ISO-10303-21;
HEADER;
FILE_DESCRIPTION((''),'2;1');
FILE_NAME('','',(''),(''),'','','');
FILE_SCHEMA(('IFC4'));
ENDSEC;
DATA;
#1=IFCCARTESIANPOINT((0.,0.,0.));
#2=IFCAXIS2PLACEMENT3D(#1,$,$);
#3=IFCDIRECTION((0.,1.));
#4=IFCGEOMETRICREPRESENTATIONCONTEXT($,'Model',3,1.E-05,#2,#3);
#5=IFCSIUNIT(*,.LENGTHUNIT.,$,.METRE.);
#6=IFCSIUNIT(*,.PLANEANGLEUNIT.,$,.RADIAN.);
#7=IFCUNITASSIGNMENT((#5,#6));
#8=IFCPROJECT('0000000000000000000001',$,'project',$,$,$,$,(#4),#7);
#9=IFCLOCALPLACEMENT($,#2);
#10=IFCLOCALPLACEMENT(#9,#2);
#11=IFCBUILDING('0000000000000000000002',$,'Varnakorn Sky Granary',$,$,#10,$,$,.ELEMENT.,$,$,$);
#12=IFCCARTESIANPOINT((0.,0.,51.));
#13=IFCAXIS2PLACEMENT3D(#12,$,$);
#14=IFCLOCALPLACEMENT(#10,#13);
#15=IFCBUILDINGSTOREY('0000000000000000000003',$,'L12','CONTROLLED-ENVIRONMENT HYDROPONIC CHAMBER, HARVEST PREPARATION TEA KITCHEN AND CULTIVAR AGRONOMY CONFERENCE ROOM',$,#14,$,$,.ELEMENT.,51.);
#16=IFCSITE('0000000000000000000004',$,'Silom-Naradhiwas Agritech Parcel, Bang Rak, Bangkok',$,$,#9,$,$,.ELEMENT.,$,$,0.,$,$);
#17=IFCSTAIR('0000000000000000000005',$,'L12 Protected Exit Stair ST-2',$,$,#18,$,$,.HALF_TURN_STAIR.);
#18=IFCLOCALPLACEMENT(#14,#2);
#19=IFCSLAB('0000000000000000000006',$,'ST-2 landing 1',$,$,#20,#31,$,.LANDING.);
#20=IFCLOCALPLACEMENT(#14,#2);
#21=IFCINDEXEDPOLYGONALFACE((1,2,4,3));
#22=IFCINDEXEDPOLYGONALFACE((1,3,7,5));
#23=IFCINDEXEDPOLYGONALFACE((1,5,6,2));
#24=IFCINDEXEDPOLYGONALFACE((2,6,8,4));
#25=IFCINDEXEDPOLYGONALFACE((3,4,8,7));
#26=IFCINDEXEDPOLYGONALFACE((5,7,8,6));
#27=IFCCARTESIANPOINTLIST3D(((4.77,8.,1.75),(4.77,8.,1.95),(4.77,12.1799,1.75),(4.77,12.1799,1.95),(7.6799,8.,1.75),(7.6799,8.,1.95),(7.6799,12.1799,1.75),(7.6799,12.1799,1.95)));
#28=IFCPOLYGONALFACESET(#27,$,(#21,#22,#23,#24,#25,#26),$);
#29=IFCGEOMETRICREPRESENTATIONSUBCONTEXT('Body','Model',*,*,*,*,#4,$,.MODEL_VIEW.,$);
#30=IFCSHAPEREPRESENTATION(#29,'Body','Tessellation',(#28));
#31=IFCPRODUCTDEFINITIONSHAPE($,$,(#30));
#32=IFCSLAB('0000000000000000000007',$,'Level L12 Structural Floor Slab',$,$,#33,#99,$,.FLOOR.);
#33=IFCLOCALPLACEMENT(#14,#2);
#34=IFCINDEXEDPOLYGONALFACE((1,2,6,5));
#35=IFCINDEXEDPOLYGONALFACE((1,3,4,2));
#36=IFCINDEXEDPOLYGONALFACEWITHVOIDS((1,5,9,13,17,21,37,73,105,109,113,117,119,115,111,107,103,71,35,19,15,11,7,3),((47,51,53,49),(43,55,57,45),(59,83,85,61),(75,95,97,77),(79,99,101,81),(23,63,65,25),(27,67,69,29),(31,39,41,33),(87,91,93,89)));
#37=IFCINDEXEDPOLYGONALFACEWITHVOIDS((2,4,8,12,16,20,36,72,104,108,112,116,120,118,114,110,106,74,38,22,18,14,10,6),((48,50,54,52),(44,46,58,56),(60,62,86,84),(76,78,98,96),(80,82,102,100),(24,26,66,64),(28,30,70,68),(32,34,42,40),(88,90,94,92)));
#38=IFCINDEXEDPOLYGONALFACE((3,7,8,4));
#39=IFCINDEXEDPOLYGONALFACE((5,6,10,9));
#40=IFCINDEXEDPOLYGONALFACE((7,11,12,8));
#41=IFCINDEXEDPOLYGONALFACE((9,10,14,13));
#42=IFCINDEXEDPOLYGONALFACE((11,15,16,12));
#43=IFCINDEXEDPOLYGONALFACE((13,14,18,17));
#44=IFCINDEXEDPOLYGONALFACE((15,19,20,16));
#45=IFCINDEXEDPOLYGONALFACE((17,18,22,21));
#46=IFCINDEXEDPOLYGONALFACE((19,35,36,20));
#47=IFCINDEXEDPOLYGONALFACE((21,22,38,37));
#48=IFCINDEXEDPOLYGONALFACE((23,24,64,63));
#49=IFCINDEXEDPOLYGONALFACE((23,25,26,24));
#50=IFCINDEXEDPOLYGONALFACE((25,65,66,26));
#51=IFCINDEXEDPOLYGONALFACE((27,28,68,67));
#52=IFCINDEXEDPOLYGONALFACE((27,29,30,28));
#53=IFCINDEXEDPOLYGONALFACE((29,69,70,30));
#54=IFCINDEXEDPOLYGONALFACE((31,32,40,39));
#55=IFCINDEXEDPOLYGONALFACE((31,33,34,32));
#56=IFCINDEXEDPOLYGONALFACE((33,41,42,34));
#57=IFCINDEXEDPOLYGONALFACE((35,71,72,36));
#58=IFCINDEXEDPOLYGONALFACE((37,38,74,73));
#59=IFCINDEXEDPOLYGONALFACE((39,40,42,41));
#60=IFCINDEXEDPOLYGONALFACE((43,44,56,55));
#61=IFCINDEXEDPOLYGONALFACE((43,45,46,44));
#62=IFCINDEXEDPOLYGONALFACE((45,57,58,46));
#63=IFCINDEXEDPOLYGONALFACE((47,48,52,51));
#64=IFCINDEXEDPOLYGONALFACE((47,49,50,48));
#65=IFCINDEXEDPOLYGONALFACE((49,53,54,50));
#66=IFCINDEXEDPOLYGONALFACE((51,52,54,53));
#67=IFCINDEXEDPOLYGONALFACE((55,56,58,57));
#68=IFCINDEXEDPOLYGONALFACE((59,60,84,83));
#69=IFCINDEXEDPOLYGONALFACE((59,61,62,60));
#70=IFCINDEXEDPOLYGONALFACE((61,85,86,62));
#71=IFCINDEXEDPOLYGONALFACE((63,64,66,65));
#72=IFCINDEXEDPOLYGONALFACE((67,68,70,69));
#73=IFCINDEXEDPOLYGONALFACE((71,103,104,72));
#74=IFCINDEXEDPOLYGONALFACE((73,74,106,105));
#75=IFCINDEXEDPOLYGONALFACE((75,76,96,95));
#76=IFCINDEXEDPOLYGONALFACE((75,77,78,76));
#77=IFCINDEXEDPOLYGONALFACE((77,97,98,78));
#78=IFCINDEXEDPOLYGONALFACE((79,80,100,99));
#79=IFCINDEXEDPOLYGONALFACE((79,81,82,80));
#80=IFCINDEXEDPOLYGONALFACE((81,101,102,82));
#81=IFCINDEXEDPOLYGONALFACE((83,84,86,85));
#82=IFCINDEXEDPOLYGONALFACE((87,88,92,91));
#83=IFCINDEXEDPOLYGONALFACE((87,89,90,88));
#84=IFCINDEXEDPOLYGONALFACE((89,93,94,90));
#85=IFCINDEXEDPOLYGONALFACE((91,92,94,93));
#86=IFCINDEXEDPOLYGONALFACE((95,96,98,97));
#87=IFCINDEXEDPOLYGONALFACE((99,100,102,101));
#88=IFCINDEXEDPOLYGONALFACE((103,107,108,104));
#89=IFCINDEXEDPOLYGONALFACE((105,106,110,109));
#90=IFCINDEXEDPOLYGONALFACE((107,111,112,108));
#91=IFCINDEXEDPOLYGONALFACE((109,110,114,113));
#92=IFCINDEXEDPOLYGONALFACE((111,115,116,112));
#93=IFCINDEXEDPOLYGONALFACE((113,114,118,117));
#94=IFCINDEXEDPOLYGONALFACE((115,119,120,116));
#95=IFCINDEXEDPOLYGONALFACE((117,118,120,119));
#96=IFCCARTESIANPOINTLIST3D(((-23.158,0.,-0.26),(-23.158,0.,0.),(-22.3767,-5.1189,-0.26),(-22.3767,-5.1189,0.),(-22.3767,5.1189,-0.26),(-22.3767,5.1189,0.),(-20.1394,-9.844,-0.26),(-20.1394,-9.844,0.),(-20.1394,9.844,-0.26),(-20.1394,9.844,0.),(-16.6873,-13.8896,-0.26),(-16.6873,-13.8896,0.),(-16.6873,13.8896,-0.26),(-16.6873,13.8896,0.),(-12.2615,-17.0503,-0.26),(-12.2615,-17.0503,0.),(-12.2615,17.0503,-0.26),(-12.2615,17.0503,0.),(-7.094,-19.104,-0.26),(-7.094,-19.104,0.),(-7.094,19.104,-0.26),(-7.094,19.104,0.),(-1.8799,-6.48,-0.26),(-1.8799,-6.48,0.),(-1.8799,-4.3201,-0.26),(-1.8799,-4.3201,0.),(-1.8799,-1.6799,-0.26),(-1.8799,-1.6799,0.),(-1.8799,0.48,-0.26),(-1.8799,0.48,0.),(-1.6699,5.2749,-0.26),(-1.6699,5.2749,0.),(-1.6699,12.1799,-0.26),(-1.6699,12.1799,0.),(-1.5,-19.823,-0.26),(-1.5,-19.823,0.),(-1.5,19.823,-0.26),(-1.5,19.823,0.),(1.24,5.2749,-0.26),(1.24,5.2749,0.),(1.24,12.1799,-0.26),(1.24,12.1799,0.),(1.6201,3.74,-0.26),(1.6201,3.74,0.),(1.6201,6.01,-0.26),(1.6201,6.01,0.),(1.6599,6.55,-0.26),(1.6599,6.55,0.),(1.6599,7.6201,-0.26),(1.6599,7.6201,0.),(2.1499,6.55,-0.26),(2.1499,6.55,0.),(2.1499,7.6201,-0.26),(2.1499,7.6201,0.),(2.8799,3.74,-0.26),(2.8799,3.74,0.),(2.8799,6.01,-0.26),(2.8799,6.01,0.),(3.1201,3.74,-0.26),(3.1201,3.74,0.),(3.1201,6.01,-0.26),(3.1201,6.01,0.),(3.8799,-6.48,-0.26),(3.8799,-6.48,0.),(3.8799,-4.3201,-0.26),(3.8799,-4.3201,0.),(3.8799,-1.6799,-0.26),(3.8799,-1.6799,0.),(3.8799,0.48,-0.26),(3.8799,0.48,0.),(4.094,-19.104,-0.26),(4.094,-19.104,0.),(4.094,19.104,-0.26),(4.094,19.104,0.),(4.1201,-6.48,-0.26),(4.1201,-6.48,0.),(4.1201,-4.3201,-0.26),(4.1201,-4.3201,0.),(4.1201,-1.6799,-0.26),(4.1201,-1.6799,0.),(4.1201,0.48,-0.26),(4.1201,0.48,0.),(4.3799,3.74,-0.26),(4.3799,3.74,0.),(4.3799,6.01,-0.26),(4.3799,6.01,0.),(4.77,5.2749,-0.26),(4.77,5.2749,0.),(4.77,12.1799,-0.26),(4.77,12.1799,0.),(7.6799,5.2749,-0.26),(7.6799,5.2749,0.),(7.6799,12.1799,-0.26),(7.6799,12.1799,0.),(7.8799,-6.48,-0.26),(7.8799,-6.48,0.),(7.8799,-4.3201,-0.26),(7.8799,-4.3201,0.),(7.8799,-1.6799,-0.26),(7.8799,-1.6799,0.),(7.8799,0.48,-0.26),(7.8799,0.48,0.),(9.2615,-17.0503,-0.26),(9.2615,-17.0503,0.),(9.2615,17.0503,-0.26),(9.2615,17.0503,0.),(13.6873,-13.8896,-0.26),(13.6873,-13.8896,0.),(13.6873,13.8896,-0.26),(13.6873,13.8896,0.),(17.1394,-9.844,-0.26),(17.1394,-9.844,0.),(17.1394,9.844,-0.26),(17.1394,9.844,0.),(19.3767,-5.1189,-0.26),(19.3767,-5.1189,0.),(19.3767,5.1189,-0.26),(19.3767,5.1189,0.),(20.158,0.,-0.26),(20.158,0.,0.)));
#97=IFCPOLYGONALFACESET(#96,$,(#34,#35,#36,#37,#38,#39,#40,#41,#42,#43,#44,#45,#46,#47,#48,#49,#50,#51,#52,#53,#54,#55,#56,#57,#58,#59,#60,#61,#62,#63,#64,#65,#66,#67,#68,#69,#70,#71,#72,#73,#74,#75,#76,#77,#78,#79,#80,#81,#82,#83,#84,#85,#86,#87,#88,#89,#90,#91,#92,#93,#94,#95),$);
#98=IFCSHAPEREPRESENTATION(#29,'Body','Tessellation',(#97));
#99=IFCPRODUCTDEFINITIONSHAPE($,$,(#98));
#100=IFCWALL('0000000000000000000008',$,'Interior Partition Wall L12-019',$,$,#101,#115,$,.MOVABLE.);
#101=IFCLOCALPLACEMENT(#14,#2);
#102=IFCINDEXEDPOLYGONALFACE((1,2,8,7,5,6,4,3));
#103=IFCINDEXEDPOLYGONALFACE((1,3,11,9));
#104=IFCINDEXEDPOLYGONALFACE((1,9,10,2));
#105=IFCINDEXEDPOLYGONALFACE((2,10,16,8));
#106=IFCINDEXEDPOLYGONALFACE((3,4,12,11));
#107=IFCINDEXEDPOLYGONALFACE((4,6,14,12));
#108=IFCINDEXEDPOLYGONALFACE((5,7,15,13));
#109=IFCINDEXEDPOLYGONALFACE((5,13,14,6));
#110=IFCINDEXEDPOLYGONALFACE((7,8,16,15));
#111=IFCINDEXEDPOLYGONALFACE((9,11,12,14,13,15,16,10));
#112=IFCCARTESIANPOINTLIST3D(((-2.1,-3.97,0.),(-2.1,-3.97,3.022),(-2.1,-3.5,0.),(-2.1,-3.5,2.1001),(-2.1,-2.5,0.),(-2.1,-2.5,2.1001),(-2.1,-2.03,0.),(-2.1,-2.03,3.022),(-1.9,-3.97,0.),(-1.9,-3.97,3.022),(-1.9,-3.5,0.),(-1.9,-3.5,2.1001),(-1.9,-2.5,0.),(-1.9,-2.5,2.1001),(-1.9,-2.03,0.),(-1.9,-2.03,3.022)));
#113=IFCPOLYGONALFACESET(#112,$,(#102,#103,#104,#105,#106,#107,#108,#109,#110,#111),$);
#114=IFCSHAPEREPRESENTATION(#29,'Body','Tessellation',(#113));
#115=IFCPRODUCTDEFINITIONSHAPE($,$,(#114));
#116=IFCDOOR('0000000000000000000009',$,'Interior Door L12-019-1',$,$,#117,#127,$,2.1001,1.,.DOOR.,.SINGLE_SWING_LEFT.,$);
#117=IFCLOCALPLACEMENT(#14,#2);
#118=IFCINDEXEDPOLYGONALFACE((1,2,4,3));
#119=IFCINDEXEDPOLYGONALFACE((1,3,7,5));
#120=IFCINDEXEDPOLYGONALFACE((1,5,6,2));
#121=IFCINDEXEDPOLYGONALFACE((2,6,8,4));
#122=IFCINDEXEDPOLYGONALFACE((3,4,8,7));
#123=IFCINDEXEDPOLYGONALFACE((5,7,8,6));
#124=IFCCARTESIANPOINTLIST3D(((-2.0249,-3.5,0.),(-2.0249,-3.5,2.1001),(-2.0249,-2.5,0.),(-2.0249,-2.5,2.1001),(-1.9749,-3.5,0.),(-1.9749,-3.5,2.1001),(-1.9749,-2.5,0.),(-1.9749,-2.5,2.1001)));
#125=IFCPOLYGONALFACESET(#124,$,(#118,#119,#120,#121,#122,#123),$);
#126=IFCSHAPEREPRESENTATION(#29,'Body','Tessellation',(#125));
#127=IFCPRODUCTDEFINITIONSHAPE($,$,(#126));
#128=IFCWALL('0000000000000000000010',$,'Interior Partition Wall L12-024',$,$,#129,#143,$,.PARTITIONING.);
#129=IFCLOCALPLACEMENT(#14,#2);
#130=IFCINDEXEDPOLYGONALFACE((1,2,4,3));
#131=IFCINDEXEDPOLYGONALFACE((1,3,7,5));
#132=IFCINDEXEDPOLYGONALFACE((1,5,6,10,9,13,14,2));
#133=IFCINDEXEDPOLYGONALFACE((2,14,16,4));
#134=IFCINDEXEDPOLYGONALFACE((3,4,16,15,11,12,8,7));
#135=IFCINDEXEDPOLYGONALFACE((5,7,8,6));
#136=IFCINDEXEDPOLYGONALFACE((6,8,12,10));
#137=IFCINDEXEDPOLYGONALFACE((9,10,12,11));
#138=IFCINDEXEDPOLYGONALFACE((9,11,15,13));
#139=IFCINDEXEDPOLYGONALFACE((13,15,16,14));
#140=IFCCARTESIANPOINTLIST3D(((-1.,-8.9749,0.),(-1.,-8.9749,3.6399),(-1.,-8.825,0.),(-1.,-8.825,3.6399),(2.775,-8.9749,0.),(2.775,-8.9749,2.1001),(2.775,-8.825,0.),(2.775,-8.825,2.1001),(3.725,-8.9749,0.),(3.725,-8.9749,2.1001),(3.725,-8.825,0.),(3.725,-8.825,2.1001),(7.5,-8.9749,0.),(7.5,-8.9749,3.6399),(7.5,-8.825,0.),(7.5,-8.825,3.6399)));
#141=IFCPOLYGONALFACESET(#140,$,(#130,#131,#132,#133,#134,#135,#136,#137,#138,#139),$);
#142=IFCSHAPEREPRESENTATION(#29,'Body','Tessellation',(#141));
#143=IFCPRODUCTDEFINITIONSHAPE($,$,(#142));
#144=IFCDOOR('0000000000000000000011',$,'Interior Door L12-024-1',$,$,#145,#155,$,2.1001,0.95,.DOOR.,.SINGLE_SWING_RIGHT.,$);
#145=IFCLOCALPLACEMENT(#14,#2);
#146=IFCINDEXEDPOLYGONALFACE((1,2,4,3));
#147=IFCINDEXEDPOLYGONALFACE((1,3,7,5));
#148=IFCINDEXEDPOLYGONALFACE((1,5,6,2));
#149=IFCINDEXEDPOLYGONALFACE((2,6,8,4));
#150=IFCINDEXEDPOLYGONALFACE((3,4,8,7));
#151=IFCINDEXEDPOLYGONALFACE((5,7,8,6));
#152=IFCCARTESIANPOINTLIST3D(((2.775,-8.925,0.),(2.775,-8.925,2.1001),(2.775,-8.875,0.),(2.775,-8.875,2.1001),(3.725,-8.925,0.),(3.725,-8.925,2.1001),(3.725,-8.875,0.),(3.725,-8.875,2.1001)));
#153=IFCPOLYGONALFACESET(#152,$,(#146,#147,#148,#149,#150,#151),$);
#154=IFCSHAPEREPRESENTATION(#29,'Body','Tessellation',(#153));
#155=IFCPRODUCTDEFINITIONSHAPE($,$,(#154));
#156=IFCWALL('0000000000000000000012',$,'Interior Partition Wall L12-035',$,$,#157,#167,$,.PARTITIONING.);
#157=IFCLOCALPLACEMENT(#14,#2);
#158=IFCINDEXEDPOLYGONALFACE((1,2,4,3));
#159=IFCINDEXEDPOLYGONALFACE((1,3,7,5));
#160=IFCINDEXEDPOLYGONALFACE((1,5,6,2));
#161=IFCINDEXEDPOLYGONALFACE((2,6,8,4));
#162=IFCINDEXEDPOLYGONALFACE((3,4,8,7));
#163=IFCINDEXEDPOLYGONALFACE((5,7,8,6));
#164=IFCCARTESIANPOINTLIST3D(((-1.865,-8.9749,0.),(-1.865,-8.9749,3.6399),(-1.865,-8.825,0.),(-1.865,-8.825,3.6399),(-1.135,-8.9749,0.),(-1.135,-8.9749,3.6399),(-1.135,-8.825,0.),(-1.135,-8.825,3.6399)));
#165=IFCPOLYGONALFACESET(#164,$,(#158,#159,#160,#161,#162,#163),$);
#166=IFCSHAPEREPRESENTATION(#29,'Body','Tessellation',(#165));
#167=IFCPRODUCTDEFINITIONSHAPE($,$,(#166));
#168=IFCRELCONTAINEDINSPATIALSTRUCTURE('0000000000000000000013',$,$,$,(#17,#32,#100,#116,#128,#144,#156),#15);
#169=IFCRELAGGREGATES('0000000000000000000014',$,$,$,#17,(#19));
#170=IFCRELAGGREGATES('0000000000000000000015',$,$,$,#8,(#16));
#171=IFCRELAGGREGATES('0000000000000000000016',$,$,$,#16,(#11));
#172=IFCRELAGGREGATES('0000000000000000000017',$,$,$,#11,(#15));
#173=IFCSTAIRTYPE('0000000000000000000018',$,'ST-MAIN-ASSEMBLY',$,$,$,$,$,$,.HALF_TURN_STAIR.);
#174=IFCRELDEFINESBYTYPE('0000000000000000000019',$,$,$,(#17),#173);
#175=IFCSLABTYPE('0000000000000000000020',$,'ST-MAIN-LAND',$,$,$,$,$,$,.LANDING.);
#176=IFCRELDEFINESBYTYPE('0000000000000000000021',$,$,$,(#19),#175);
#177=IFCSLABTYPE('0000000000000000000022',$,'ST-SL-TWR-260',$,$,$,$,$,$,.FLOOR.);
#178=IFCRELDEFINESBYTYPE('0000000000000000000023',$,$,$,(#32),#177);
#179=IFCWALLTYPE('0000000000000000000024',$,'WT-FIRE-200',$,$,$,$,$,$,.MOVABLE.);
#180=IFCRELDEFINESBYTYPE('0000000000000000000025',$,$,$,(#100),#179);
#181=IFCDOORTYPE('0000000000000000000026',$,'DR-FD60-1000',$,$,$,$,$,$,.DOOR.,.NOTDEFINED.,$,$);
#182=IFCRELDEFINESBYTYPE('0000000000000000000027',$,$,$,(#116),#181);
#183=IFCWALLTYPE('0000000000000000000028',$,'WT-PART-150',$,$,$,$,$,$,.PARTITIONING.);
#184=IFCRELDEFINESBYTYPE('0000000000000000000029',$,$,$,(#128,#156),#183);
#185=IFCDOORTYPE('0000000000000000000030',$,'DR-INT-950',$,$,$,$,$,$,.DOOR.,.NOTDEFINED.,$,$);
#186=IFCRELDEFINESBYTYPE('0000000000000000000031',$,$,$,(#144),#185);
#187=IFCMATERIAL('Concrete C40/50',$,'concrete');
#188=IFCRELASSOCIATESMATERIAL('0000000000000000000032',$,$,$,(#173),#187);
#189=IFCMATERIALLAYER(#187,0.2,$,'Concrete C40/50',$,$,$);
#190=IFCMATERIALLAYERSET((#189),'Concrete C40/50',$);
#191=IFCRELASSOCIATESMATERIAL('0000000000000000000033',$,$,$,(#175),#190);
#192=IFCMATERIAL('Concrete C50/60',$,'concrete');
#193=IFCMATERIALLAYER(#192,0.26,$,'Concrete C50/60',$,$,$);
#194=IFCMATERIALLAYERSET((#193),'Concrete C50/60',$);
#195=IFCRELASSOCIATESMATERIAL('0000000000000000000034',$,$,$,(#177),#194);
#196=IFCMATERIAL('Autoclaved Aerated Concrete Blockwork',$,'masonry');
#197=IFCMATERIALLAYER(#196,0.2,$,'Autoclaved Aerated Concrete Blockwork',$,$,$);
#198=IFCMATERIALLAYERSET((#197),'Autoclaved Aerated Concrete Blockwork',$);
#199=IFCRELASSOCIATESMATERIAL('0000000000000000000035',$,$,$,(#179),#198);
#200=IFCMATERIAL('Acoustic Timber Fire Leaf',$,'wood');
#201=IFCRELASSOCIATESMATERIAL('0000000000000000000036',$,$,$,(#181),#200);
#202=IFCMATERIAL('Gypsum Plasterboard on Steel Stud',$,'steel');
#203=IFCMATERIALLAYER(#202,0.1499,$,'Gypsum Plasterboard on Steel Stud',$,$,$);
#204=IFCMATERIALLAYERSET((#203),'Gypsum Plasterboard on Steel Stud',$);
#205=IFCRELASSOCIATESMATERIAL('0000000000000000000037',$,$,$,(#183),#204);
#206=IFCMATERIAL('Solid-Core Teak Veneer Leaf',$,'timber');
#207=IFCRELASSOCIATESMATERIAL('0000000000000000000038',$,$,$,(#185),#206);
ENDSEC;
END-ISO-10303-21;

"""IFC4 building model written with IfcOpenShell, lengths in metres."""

from ifc_helpers import new_model, si_unit, direction, frame, frame_2d, origin, place, context, subcontext, project, spatial, polyline, rectangle, outline, extrude, material, layer, layer_set, type_object, element, fill, aggregate, save


model = new_model("IFC4")

# Units and contexts
model_context = context("Model", 3, precision=1e-05, world=origin(), true_north=direction((0.0, 1.0)))
body_context = subcontext(model_context, "Body", "Model", "MODEL_VIEW")
ifc_project = project(units=[si_unit("LENGTHUNIT", "METRE"), si_unit("PLANEANGLEUNIT", "RADIAN")], contexts=[model_context])

# Site, building, storey
site_placement = place(None, origin())
site = spatial("IfcSite", under=ifc_project, at=site_placement, Name="Silom-Naradhiwas Agritech Parcel, Bang Rak, Bangkok", CompositionType="ELEMENT", RefElevation=0.0)
building_placement = place(site_placement, origin())
building = spatial("IfcBuilding", under=site, at=building_placement, Name="Varnakorn Sky Granary", CompositionType="ELEMENT")
storey_placement = place(building_placement, frame((0.0, 0.0, 51.0)))
storey = spatial("IfcBuildingStorey", under=building, at=storey_placement, Name="L12", Description="CONTROLLED-ENVIRONMENT HYDROPONIC CHAMBER, HARVEST PREPARATION TEA KITCHEN AND CULTIVAR AGRONOMY CONFERENCE ROOM", CompositionType="ELEMENT", Elevation=51.0)

# Stair, slab
ifc_material_1 = material(Name="Concrete C40/50", Category="concrete")
stair_type = type_object("IfcStairType", Name="ST-MAIN-ASSEMBLY", PredefinedType="HALF_TURN_STAIR", material=ifc_material_1)
ifc_layer_1 = layer(ifc_material_1, 0.2, Name="Concrete C40/50")
ifc_layer_set_1 = layer_set([ifc_layer_1], Name="Concrete C40/50")
slab_type_1 = type_object("IfcSlabType", Name="ST-MAIN-LAND", PredefinedType="LANDING", material=ifc_layer_set_1)
stair_1_placement = place(storey_placement, origin())
stair_1 = element("IfcStair", 1, at=stair_1_placement, inside=storey, type_object=stair_type, Name="L12 Protected Exit Stair ST-2", PredefinedType="HALF_TURN_STAIR")
slab_1_placement = place(storey_placement, frame((0.0, 0.0, 1.75)))
slab_1 = element("IfcSlab", 2, at=slab_1_placement, type_object=slab_type_1, Name="ST-2 landing 1", PredefinedType="LANDING", context=body_context, shape_type="SweptSolid", body=[
    extrude(outline(polyline([(7.6799, 8.0), (7.6799, 12.1799), (4.77, 12.1799), (4.77, 8.0), (7.6799, 8.0)])), origin(), (0.0, 0.0, 1.0), 0.2),
])
aggregate(stair_1, [slab_1])

# Slab
ifc_material_2 = material(Name="Concrete C50/60", Category="concrete")
ifc_layer_2 = layer(ifc_material_2, 0.26, Name="Concrete C50/60")
ifc_layer_set_2 = layer_set([ifc_layer_2], Name="Concrete C50/60")
slab_type_2 = type_object("IfcSlabType", Name="ST-SL-TWR-260", PredefinedType="FLOOR", material=ifc_layer_set_2)
slab_2_placement = place(storey_placement, frame((0.0, 0.0, -0.26)))
element("IfcSlab", 3, at=slab_2_placement, inside=storey, type_object=slab_type_2, Name="Level L12 Structural Floor Slab", PredefinedType="FLOOR", context=body_context, shape_type="SweptSolid", body=[
    extrude(outline(polyline([(20.158, 0.0), (19.3767, 5.1189), (17.1394, 9.844), (13.6873, 13.8896), (9.2615, 17.0503), (4.094, 19.104), (-1.5, 19.823), (-7.094, 19.104), (-12.2615, 17.0503), (-16.6873, 13.8896), (-20.1394, 9.844), (-22.3767, 5.1189), (-23.158, 0.0), (-22.3767, -5.1189), (-20.1394, -9.844), (-16.6873, -13.8896), (-12.2615, -17.0503), (-7.094, -19.104), (-1.5, -19.823), (4.094, -19.104), (9.2615, -17.0503), (13.6873, -13.8896), (17.1394, -9.844), (19.3767, -5.1189), (20.158, 0.0)]), holes=[polyline([(1.24, 5.2749), (1.24, 12.1799), (-1.6699, 12.1799), (-1.6699, 5.2749), (1.24, 5.2749)]), polyline([(7.6799, 5.2749), (7.6799, 12.1799), (4.77, 12.1799), (4.77, 5.2749), (7.6799, 5.2749)]), polyline([(1.6599, 6.55), (2.1499, 6.55), (2.1499, 7.6201), (1.6599, 7.6201), (1.6599, 6.55)]), polyline([(1.6201, 3.74), (2.8799, 3.74), (2.8799, 6.01), (1.6201, 6.01), (1.6201, 3.74)]), polyline([(3.1201, 3.74), (4.3799, 3.74), (4.3799, 6.01), (3.1201, 6.01), (3.1201, 3.74)]), polyline([(-1.8799, -1.6799), (3.8799, -1.6799), (3.8799, 0.48), (-1.8799, 0.48), (-1.8799, -1.6799)]), polyline([(4.1201, -1.6799), (7.8799, -1.6799), (7.8799, 0.48), (4.1201, 0.48), (4.1201, -1.6799)]), polyline([(-1.8799, -6.48), (3.8799, -6.48), (3.8799, -4.3201), (-1.8799, -4.3201), (-1.8799, -6.48)]), polyline([(4.1201, -6.48), (7.8799, -6.48), (7.8799, -4.3201), (4.1201, -4.3201), (4.1201, -6.48)])]), origin(), (0.0, 0.0, 1.0), 0.26),
])

# Walls, openings, doors
ifc_material_3 = material(Name="Autoclaved Aerated Concrete Blockwork", Category="masonry")
ifc_layer_3 = layer(ifc_material_3, 0.2, Name="Autoclaved Aerated Concrete Blockwork")
ifc_layer_set_3 = layer_set([ifc_layer_3], Name="Autoclaved Aerated Concrete Blockwork")
wall_type_1 = type_object("IfcWallType", Name="WT-FIRE-200", PredefinedType="MOVABLE", material=ifc_layer_set_3)
wall_1_placement = place(storey_placement, frame((-2.0, -3.97, 0.0), z_axis=(0.0, 0.0, 1.0), x_axis=(0.0, 1.0, 0.0)))
wall_1 = element("IfcWall", 4, at=wall_1_placement, inside=storey, type_object=wall_type_1, Name="Interior Partition Wall L12-019", PredefinedType="MOVABLE", context=body_context, shape_type="SweptSolid", body=[
    extrude(rectangle(XDim=1.9399, YDim=0.2, at=frame_2d((0.97, 0.0))), origin(), (0.0, 0.0, 1.0), 3.022),
])
opening_1_placement = place(wall_1_placement, frame((0.47, 0.0, 0.0)))
opening_1 = element("IfcOpeningElement", 5, at=opening_1_placement, cuts=wall_1, PredefinedType="OPENING", context=body_context, shape_type="SweptSolid", body=[
    extrude(rectangle(XDim=1.0, YDim=2.1001, at=frame_2d((0.5, 1.05))), frame((0.0, 0.1099, 0.0), z_axis=(0.0, -1.0, 0.0), x_axis=(1.0, 0.0, 0.0)), (0.0, 0.0, 1.0), 0.22),
])
ifc_material_4 = material(Name="Acoustic Timber Fire Leaf", Category="wood")
door_type_1 = type_object("IfcDoorType", Name="DR-FD60-1000", OperationType="NOTDEFINED", PredefinedType="DOOR", material=ifc_material_4)
door_1_placement = place(opening_1_placement, origin())
door_1 = element("IfcDoor", 6, at=door_1_placement, inside=storey, type_object=door_type_1, Name="Interior Door L12-019-1", OperationType="SINGLE_SWING_LEFT", OverallHeight=2.1001, OverallWidth=1.0, PredefinedType="DOOR", context=body_context, shape_type="SweptSolid", body=[
    extrude(rectangle(XDim=1.0, YDim=2.1001, at=frame_2d((0.5, 1.05))), frame((0.0, 0.0249, 0.0), z_axis=(0.0, -1.0, 0.0), x_axis=(1.0, 0.0, 0.0)), (0.0, 0.0, 1.0), 0.05),
])
fill(opening_1, door_1)
ifc_material_5 = material(Name="Gypsum Plasterboard on Steel Stud", Category="steel")
ifc_layer_4 = layer(ifc_material_5, 0.1499, Name="Gypsum Plasterboard on Steel Stud")
ifc_layer_set_4 = layer_set([ifc_layer_4], Name="Gypsum Plasterboard on Steel Stud")
wall_type_2 = type_object("IfcWallType", Name="WT-PART-150", PredefinedType="PARTITIONING", material=ifc_layer_set_4)
wall_2_placement = place(storey_placement, frame((-1.0, -8.8999, 0.0), z_axis=(0.0, 0.0, 1.0), x_axis=(1.0, 0.0, 0.0)))
wall_2 = element("IfcWall", 7, at=wall_2_placement, inside=storey, type_object=wall_type_2, Name="Interior Partition Wall L12-024", PredefinedType="PARTITIONING", context=body_context, shape_type="SweptSolid", body=[
    extrude(rectangle(XDim=8.5, YDim=0.1499, at=frame_2d((4.25, 0.0))), origin(), (0.0, 0.0, 1.0), 3.6399),
])
opening_2_placement = place(wall_2_placement, frame((3.7749, 0.0, 0.0)))
opening_2 = element("IfcOpeningElement", 8, at=opening_2_placement, cuts=wall_2, PredefinedType="OPENING", context=body_context, shape_type="SweptSolid", body=[
    extrude(rectangle(XDim=0.95, YDim=2.1001, at=frame_2d((0.4751, 1.05))), frame((0.0, 0.085, 0.0), z_axis=(0.0, -1.0, 0.0), x_axis=(1.0, 0.0, 0.0)), (0.0, 0.0, 1.0), 0.1699),
])
ifc_material_6 = material(Name="Solid-Core Teak Veneer Leaf", Category="timber")
door_type_2 = type_object("IfcDoorType", Name="DR-INT-950", OperationType="NOTDEFINED", PredefinedType="DOOR", material=ifc_material_6)
door_2_placement = place(opening_2_placement, origin())
door_2 = element("IfcDoor", 9, at=door_2_placement, inside=storey, type_object=door_type_2, Name="Interior Door L12-024-1", OperationType="SINGLE_SWING_RIGHT", OverallHeight=2.1001, OverallWidth=0.95, PredefinedType="DOOR", context=body_context, shape_type="SweptSolid", body=[
    extrude(rectangle(XDim=0.95, YDim=2.1001, at=frame_2d((0.4751, 1.05))), frame((0.0, 0.0249, 0.0), z_axis=(0.0, -1.0, 0.0), x_axis=(1.0, 0.0, 0.0)), (0.0, 0.0, 1.0), 0.05),
])
fill(opening_2, door_2)

# Wall
wall_3_placement = place(storey_placement, frame((-1.865, -8.8999, 0.0), z_axis=(0.0, 0.0, 1.0), x_axis=(1.0, 0.0, 0.0)))
element("IfcWall", 10, at=wall_3_placement, inside=storey, type_object=wall_type_2, Name="Interior Partition Wall L12-035", PredefinedType="PARTITIONING", context=body_context, shape_type="SweptSolid", body=[
    extrude(rectangle(XDim=0.73, YDim=0.1499, at=frame_2d((0.365, 0.0))), origin(), (0.0, 0.0, 1.0), 3.6399),
])

save(model, "model.ifc")
